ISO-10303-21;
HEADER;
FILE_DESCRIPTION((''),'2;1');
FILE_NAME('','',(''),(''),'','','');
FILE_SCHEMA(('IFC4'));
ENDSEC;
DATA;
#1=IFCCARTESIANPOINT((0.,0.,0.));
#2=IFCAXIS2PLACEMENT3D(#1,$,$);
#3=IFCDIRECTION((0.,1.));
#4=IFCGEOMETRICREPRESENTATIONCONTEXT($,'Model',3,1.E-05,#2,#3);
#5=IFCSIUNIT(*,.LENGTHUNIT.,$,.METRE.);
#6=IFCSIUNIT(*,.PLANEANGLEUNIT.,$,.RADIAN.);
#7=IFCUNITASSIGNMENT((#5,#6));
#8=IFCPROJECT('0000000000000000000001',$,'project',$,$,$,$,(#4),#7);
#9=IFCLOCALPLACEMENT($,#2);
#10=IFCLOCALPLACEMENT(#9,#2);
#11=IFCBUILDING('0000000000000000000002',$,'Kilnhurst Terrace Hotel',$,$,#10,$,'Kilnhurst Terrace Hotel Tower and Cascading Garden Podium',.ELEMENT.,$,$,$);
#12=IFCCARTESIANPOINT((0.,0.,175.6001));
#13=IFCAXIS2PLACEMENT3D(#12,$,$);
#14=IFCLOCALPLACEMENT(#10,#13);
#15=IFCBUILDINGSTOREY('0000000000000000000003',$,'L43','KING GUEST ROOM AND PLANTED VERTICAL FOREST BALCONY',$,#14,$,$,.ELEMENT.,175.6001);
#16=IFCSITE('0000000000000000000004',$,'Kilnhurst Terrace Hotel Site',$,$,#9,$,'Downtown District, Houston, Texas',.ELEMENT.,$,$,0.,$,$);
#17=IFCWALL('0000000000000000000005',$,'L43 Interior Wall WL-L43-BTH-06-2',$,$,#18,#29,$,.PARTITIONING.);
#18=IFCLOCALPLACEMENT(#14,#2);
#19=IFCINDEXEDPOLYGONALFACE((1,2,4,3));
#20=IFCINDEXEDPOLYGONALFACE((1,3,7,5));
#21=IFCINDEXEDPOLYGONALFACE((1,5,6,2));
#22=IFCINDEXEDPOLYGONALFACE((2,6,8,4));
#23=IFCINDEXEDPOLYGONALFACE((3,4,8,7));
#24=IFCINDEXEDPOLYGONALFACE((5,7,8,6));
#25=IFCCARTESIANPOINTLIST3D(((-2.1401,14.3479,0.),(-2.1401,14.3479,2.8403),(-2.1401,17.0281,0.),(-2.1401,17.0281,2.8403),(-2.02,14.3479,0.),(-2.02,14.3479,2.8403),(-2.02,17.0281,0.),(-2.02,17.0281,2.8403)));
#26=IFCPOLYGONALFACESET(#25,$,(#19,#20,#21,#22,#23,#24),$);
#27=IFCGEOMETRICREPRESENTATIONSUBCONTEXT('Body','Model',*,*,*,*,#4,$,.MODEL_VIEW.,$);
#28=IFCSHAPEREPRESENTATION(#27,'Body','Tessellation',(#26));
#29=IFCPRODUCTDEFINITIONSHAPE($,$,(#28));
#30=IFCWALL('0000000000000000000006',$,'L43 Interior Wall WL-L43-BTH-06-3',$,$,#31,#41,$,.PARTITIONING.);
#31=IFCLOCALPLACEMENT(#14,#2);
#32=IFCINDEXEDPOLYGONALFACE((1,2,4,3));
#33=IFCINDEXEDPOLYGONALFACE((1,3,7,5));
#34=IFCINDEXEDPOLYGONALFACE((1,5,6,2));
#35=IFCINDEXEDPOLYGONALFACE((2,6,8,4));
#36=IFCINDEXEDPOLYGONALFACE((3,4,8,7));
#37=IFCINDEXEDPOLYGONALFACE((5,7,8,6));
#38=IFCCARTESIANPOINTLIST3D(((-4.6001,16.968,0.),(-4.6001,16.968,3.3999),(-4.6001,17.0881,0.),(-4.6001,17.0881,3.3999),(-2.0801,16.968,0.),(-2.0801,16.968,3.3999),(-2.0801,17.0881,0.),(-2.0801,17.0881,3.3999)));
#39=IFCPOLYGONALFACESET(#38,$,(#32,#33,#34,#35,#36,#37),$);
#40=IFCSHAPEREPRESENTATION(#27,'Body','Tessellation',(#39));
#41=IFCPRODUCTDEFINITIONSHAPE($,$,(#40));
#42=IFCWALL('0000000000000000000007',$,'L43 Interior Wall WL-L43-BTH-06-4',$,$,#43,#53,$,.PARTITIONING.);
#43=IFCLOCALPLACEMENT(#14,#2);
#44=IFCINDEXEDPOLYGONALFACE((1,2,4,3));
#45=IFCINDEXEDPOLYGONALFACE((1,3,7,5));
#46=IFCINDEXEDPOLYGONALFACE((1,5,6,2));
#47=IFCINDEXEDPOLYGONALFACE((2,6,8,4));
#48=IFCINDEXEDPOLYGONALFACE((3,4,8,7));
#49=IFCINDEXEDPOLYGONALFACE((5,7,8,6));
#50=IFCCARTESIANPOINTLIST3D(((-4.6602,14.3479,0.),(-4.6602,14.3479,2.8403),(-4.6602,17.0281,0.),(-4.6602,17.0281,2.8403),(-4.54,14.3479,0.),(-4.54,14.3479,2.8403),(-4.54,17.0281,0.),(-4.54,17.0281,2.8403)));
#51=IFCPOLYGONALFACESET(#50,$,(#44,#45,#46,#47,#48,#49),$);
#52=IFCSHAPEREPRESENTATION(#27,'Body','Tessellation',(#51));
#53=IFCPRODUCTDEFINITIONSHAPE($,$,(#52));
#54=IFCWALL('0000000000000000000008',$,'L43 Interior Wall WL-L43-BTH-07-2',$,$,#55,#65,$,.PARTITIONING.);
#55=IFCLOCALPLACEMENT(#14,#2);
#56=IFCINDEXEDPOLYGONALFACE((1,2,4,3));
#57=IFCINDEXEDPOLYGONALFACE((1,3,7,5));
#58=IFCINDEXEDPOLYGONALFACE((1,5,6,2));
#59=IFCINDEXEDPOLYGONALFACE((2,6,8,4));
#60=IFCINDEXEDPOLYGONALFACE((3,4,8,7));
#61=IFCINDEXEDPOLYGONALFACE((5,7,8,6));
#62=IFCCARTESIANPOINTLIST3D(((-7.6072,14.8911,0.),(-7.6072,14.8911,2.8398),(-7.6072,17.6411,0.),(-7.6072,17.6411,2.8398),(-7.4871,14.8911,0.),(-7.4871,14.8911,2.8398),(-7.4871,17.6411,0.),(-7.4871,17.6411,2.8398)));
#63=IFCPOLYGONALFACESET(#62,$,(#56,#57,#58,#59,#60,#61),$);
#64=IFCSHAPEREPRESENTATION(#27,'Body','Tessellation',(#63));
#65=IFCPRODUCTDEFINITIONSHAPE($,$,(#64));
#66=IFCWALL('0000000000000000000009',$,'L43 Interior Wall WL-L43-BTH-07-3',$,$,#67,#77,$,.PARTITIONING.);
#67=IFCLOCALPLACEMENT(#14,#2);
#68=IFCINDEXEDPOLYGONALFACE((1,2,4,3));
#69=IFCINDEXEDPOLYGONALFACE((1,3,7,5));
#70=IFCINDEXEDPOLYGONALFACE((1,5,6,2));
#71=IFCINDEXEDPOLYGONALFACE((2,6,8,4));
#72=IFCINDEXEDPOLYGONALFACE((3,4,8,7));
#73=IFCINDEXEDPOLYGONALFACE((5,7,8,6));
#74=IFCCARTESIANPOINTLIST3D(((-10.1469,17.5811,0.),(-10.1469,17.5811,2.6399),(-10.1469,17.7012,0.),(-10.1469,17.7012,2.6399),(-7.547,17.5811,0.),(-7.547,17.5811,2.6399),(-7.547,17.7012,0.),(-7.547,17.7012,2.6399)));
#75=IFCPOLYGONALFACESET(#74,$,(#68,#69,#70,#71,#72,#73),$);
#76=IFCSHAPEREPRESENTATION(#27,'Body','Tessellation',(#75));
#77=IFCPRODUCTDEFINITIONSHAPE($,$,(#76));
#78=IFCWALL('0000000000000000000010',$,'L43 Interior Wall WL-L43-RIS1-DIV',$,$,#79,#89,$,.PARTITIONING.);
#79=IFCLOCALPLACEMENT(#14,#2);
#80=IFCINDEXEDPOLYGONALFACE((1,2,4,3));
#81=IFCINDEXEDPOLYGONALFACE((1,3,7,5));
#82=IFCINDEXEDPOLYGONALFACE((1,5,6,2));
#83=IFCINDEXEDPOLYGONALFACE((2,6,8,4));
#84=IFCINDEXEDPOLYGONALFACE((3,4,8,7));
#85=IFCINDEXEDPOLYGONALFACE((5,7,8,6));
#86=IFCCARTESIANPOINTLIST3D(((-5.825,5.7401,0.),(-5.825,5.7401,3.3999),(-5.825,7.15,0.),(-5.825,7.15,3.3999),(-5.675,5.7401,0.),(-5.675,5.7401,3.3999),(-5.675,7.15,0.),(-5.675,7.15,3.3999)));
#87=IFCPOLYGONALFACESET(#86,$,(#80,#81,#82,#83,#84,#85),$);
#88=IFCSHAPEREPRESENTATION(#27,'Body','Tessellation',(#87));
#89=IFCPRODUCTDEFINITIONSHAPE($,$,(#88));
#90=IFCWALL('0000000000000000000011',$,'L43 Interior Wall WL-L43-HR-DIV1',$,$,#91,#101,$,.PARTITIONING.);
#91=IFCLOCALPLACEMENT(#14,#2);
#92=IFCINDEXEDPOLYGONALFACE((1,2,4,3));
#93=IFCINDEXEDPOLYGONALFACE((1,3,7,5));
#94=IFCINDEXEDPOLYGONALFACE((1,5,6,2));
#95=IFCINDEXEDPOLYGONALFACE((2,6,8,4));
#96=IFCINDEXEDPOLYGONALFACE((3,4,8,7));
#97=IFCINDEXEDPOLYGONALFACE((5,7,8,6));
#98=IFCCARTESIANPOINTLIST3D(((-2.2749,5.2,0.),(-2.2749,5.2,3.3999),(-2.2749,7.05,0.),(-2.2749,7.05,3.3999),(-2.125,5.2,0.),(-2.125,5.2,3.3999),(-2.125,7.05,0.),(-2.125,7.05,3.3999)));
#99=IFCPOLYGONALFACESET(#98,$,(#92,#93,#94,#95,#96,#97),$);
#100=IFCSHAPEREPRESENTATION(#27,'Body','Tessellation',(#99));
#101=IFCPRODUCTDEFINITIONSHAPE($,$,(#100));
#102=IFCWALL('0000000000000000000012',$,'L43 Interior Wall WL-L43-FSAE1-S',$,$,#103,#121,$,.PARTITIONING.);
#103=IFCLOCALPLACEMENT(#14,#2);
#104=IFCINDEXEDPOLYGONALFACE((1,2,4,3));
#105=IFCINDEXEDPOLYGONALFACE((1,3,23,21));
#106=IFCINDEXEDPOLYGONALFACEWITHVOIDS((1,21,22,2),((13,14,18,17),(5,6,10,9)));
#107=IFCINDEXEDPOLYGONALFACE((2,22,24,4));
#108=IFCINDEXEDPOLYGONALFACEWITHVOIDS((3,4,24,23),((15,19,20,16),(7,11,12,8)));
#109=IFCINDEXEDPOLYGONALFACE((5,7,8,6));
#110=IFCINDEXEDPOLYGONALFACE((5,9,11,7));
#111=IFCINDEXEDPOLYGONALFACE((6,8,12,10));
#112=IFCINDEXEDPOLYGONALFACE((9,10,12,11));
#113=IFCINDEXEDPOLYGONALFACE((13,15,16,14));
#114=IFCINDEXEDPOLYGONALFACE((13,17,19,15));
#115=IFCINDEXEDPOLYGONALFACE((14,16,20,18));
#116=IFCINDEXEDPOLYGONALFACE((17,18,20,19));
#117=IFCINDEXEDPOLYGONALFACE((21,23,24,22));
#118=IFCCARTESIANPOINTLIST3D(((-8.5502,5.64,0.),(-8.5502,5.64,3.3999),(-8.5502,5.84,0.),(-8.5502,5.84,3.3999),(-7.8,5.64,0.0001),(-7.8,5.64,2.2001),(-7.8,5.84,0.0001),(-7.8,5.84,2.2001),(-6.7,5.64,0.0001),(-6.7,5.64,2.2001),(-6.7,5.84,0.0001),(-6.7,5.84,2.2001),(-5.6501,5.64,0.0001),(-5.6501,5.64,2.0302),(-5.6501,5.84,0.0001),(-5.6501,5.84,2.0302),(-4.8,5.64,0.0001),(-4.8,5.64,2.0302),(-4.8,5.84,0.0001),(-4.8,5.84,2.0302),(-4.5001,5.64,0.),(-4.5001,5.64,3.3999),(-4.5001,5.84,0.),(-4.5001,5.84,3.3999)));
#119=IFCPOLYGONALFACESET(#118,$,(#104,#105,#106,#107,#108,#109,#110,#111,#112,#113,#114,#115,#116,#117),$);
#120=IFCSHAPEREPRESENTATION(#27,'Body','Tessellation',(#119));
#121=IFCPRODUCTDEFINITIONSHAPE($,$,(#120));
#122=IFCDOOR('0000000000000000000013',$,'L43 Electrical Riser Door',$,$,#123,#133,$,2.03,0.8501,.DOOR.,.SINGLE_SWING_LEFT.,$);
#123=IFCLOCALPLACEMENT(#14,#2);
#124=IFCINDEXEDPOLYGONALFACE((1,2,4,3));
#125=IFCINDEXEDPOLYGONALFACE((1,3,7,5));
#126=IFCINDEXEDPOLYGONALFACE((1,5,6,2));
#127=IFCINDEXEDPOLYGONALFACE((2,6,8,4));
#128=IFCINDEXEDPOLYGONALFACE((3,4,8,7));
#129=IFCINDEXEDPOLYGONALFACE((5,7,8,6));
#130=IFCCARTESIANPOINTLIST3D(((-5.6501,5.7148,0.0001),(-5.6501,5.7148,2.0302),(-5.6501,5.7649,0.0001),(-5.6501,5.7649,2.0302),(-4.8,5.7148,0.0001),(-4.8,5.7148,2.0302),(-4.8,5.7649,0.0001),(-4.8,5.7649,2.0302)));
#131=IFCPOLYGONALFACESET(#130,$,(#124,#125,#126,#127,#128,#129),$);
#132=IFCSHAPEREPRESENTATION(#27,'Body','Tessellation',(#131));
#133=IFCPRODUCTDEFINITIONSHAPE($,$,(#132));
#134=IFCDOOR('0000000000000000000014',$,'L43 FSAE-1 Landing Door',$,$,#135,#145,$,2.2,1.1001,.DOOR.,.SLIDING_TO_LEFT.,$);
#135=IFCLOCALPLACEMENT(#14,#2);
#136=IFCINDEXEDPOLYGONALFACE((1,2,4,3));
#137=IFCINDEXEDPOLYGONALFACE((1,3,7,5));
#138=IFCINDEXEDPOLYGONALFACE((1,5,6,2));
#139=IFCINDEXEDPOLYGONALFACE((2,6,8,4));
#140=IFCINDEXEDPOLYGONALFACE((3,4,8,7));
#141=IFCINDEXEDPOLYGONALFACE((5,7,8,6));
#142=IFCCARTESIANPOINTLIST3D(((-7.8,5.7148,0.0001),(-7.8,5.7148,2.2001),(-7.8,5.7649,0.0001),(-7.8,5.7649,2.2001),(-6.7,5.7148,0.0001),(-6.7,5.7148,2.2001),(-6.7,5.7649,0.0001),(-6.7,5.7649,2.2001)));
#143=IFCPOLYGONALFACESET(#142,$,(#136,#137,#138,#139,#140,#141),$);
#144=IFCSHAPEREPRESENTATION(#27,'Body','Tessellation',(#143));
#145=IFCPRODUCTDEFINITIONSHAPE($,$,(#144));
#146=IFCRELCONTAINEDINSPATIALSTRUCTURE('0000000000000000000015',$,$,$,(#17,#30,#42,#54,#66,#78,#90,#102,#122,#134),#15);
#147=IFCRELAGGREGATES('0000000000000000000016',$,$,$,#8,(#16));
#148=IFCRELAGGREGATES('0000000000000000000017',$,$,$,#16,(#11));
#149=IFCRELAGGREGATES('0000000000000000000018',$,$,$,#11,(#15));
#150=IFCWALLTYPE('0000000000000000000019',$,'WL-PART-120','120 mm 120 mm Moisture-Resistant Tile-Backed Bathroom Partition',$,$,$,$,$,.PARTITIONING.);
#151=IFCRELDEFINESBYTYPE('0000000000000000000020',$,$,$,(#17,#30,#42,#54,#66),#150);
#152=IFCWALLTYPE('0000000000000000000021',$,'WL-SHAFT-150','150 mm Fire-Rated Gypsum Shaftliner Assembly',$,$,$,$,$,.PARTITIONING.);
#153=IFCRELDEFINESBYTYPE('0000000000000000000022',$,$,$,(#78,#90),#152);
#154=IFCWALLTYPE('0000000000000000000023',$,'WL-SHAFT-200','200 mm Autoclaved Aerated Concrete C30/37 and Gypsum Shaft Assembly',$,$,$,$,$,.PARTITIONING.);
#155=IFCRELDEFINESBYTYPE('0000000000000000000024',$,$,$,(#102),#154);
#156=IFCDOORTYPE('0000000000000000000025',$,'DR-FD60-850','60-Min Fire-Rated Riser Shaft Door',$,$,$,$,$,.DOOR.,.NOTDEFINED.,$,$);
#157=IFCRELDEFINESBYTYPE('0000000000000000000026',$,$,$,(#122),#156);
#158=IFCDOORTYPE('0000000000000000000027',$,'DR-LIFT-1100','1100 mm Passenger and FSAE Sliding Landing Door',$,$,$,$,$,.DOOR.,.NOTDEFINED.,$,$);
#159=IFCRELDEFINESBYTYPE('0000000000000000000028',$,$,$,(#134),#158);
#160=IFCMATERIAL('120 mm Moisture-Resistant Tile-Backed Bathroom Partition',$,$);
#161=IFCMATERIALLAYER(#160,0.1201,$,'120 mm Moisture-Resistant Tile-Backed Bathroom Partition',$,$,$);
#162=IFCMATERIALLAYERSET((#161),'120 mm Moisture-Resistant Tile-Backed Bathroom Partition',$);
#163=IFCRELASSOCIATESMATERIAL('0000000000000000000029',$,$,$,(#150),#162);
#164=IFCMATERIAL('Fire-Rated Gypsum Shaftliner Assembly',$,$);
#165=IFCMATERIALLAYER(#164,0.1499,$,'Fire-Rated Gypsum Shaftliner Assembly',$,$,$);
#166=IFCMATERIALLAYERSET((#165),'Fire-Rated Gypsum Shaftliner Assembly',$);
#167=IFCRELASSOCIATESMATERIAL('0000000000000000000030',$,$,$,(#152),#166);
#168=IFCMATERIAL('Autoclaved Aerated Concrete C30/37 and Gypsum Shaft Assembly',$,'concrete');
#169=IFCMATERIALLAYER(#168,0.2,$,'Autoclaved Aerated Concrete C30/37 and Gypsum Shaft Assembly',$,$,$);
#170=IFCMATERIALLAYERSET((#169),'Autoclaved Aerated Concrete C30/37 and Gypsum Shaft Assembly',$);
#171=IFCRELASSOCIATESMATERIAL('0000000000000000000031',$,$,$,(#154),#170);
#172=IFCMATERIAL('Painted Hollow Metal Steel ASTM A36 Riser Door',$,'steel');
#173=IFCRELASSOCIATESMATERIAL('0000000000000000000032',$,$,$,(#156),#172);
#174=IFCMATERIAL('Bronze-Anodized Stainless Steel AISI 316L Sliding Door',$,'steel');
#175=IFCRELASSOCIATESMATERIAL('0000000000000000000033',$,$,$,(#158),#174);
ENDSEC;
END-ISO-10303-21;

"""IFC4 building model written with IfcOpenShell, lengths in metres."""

from ifc_helpers import new_model, si_unit, direction, frame, frame_2d, origin, place, context, subcontext, project, spatial, rectangle, extrude, material, layer, layer_set, type_object, element, fill, save


model = new_model("IFC4")

# Units and contexts
model_context = context("Model", 3, precision=1e-05, world=origin(), true_north=direction((0.0, 1.0)))
body_context = subcontext(model_context, "Body", "Model", "MODEL_VIEW")
ifc_project = project(units=[si_unit("LENGTHUNIT", "METRE"), si_unit("PLANEANGLEUNIT", "RADIAN")], contexts=[model_context])

# Site, building, storey
site_placement = place(None, origin())
site = spatial("IfcSite", under=ifc_project, at=site_placement, Name="Kilnhurst Terrace Hotel Site", LongName="Downtown District, Houston, Texas", CompositionType="ELEMENT", RefElevation=0.0)
building_placement = place(site_placement, origin())
building = spatial("IfcBuilding", under=site, at=building_placement, Name="Kilnhurst Terrace Hotel", LongName="Kilnhurst Terrace Hotel Tower and Cascading Garden Podium", CompositionType="ELEMENT")
storey_placement = place(building_placement, frame((0.0, 0.0, 175.6001)))
storey = spatial("IfcBuildingStorey", under=building, at=storey_placement, Name="L43", Description="KING GUEST ROOM AND PLANTED VERTICAL FOREST BALCONY", CompositionType="ELEMENT", Elevation=175.6001)

# Shared definitions
ifc_material_1 = material(Name="120 mm Moisture-Resistant Tile-Backed Bathroom Partition")
ifc_layer_1 = layer(ifc_material_1, 0.1201, Name="120 mm Moisture-Resistant Tile-Backed Bathroom Partition")
ifc_layer_set_1 = layer_set([ifc_layer_1], Name="120 mm Moisture-Resistant Tile-Backed Bathroom Partition")
wall_type_1 = type_object("IfcWallType", Name="WL-PART-120", Description="120 mm 120 mm Moisture-Resistant Tile-Backed Bathroom Partition", PredefinedType="PARTITIONING", material=ifc_layer_set_1)

# Walls
wall_1_placement = place(storey_placement, frame((-2.0801, 14.3479, 0.0), z_axis=(0.0, 0.0, 1.0), x_axis=(0.0, 1.0, 0.0)))
element("IfcWall", 1, at=wall_1_placement, inside=storey, type_object=wall_type_1, Name="L43 Interior Wall WL-L43-BTH-06-2", PredefinedType="PARTITIONING", context=body_context, shape_type="SweptSolid", body=[
    extrude(rectangle(XDim=2.6802, YDim=0.1201, at=frame_2d((1.3401, 0.0))), origin(), (0.0, 0.0, 1.0), 2.8403),
])
wall_2_placement = place(storey_placement, frame((-2.0801, 17.0281, 0.0), z_axis=(0.0, 0.0, 1.0), x_axis=(-1.0, 0.0, 0.0)))
element("IfcWall", 2, at=wall_2_placement, inside=storey, type_object=wall_type_1, Name="L43 Interior Wall WL-L43-BTH-06-3", PredefinedType="PARTITIONING", context=body_context, shape_type="SweptSolid", body=[
    extrude(rectangle(XDim=2.52, YDim=0.1201, at=frame_2d((1.26, 0.0))), origin(), (0.0, 0.0, 1.0), 3.3999),
])
wall_3_placement = place(storey_placement, frame((-4.6001, 17.0281, 0.0), z_axis=(0.0, 0.0, 1.0), x_axis=(0.0, -1.0, 0.0)))
element("IfcWall", 3, at=wall_3_placement, inside=storey, type_object=wall_type_1, Name="L43 Interior Wall WL-L43-BTH-06-4", PredefinedType="PARTITIONING", context=body_context, shape_type="SweptSolid", body=[
    extrude(rectangle(XDim=2.6802, YDim=0.1201, at=frame_2d((1.3401, 0.0))), origin(), (0.0, 0.0, 1.0), 2.8403),
])
wall_4_placement = place(storey_placement, frame((-7.5471, 14.8911, 0.0), z_axis=(0.0, 0.0, 1.0), x_axis=(0.0, 1.0, 0.0)))
element("IfcWall", 4, at=wall_4_placement, inside=storey, type_object=wall_type_1, Name="L43 Interior Wall WL-L43-BTH-07-2", PredefinedType="PARTITIONING", context=body_context, shape_type="SweptSolid", body=[
    extrude(rectangle(XDim=2.75, YDim=0.1201, at=frame_2d((1.375, 0.0))), origin(), (0.0, 0.0, 1.0), 2.8398),
])
wall_5_placement = place(storey_placement, frame((-7.5471, 17.6411, 0.0), z_axis=(0.0, 0.0, 1.0), x_axis=(-1.0, 0.0, 0.0)))
element("IfcWall", 5, at=wall_5_placement, inside=storey, type_object=wall_type_1, Name="L43 Interior Wall WL-L43-BTH-07-3", PredefinedType="PARTITIONING", context=body_context, shape_type="SweptSolid", body=[
    extrude(rectangle(XDim=2.5999, YDim=0.1201, at=frame_2d((1.2998, 0.0))), origin(), (0.0, 0.0, 1.0), 2.6399),
])
ifc_material_2 = material(Name="Fire-Rated Gypsum Shaftliner Assembly")
ifc_layer_2 = layer(ifc_material_2, 0.1499, Name="Fire-Rated Gypsum Shaftliner Assembly")
ifc_layer_set_2 = layer_set([ifc_layer_2], Name="Fire-Rated Gypsum Shaftliner Assembly")
wall_type_2 = type_object("IfcWallType", Name="WL-SHAFT-150", Description="150 mm Fire-Rated Gypsum Shaftliner Assembly", PredefinedType="PARTITIONING", material=ifc_layer_set_2)
wall_6_placement = place(storey_placement, frame((-5.75, 5.74, 0.0), z_axis=(0.0, 0.0, 1.0), x_axis=(0.0, 1.0, 0.0)))
element("IfcWall", 6, at=wall_6_placement, inside=storey, type_object=wall_type_2, Name="L43 Interior Wall WL-L43-RIS1-DIV", PredefinedType="PARTITIONING", context=body_context, shape_type="SweptSolid", body=[
    extrude(rectangle(XDim=1.4099, YDim=0.1499, at=frame_2d((0.7051, 0.0))), origin(), (0.0, 0.0, 1.0), 3.3999),
])
wall_7_placement = place(storey_placement, frame((-2.2, 5.2, 0.0), z_axis=(0.0, 0.0, 1.0), x_axis=(0.0, 1.0, 0.0)))
element("IfcWall", 7, at=wall_7_placement, inside=storey, type_object=wall_type_2, Name="L43 Interior Wall WL-L43-HR-DIV1", PredefinedType="PARTITIONING", context=body_context, shape_type="SweptSolid", body=[
    extrude(rectangle(XDim=1.8501, YDim=0.1499, at=frame_2d((0.925, 0.0))), origin(), (0.0, 0.0, 1.0), 3.3999),
])

# Wall, openings, doors
ifc_material_3 = material(Name="Autoclaved Aerated Concrete C30/37 and Gypsum Shaft Assembly", Category="concrete")
ifc_layer_3 = layer(ifc_material_3, 0.2, Name="Autoclaved Aerated Concrete C30/37 and Gypsum Shaft Assembly")
ifc_layer_set_3 = layer_set([ifc_layer_3], Name="Autoclaved Aerated Concrete C30/37 and Gypsum Shaft Assembly")
wall_type_3 = type_object("IfcWallType", Name="WL-SHAFT-200", Description="200 mm Autoclaved Aerated Concrete C30/37 and Gypsum Shaft Assembly", PredefinedType="PARTITIONING", material=ifc_layer_set_3)
wall_8_placement = place(storey_placement, frame((-8.55, 5.74, 0.0), z_axis=(0.0, 0.0, 1.0), x_axis=(1.0, 0.0, 0.0)))
wall_8 = element("IfcWall", 8, at=wall_8_placement, inside=storey, type_object=wall_type_3, Name="L43 Interior Wall WL-L43-FSAE1-S", PredefinedType="PARTITIONING", context=body_context, shape_type="SweptSolid", body=[
    extrude(rectangle(XDim=4.05, YDim=0.2, at=frame_2d((2.0249, 0.0))), origin(), (0.0, 0.0, 1.0), 3.3999),
])
opening_1_placement = place(wall_8_placement, frame((0.75, 0.0, 0.0)))
opening_1 = element("IfcOpeningElement", 9, at=opening_1_placement, cuts=wall_8, PredefinedType="OPENING", context=body_context, shape_type="SweptSolid", body=[
    extrude(rectangle(XDim=1.1001, YDim=2.2, at=frame_2d((0.55, 1.1001))), frame((0.0, 0.1099, 0.0), z_axis=(0.0, -1.0, 0.0), x_axis=(1.0, 0.0, 0.0)), (0.0, 0.0, 1.0), 0.22),
])
opening_2_placement = place(wall_8_placement, frame((2.8999, 0.0, 0.0)))
opening_2 = element("IfcOpeningElement", 10, at=opening_2_placement, cuts=wall_8, PredefinedType="OPENING", context=body_context, shape_type="SweptSolid", body=[
    extrude(rectangle(XDim=0.8501, YDim=2.03, at=frame_2d((0.425, 1.0151))), frame((0.0, 0.1099, 0.0), z_axis=(0.0, -1.0, 0.0), x_axis=(1.0, 0.0, 0.0)), (0.0, 0.0, 1.0), 0.22),
])
ifc_material_4 = material(Name="Painted Hollow Metal Steel ASTM A36 Riser Door", Category="steel")
door_type_1 = type_object("IfcDoorType", Name="DR-FD60-850", Description="60-Min Fire-Rated Riser Shaft Door", OperationType="NOTDEFINED", PredefinedType="DOOR", material=ifc_material_4)
door_1_placement = place(opening_2_placement, origin())
door_1 = element("IfcDoor", 11, at=door_1_placement, inside=storey, type_object=door_type_1, Name="L43 Electrical Riser Door", OperationType="SINGLE_SWING_LEFT", OverallHeight=2.03, OverallWidth=0.8501, PredefinedType="DOOR", context=body_context, shape_type="SweptSolid", body=[
    extrude(rectangle(XDim=0.8501, YDim=2.03, at=frame_2d((0.425, 1.0151))), frame((0.0, 0.0249, 0.0), z_axis=(0.0, -1.0, 0.0), x_axis=(1.0, 0.0, 0.0)), (0.0, 0.0, 1.0), 0.05),
])
fill(opening_2, door_1)
ifc_material_5 = material(Name="Bronze-Anodized Stainless Steel AISI 316L Sliding Door", Category="steel")
door_type_2 = type_object("IfcDoorType", Name="DR-LIFT-1100", Description="1100 mm Passenger and FSAE Sliding Landing Door", OperationType="NOTDEFINED", PredefinedType="DOOR", material=ifc_material_5)
door_2_placement = place(opening_1_placement, origin())
door_2 = element("IfcDoor", 12, at=door_2_placement, inside=storey, type_object=door_type_2, Name="L43 FSAE-1 Landing Door", OperationType="SLIDING_TO_LEFT", OverallHeight=2.2, OverallWidth=1.1001, PredefinedType="DOOR", context=body_context, shape_type="SweptSolid", body=[
    extrude(rectangle(XDim=1.1001, YDim=2.2, at=frame_2d((0.55, 1.1001))), frame((0.0, 0.0249, 0.0), z_axis=(0.0, -1.0, 0.0), x_axis=(1.0, 0.0, 0.0)), (0.0, 0.0, 1.0), 0.05),
])
fill(opening_1, door_2)

save(model, "model.ifc")
